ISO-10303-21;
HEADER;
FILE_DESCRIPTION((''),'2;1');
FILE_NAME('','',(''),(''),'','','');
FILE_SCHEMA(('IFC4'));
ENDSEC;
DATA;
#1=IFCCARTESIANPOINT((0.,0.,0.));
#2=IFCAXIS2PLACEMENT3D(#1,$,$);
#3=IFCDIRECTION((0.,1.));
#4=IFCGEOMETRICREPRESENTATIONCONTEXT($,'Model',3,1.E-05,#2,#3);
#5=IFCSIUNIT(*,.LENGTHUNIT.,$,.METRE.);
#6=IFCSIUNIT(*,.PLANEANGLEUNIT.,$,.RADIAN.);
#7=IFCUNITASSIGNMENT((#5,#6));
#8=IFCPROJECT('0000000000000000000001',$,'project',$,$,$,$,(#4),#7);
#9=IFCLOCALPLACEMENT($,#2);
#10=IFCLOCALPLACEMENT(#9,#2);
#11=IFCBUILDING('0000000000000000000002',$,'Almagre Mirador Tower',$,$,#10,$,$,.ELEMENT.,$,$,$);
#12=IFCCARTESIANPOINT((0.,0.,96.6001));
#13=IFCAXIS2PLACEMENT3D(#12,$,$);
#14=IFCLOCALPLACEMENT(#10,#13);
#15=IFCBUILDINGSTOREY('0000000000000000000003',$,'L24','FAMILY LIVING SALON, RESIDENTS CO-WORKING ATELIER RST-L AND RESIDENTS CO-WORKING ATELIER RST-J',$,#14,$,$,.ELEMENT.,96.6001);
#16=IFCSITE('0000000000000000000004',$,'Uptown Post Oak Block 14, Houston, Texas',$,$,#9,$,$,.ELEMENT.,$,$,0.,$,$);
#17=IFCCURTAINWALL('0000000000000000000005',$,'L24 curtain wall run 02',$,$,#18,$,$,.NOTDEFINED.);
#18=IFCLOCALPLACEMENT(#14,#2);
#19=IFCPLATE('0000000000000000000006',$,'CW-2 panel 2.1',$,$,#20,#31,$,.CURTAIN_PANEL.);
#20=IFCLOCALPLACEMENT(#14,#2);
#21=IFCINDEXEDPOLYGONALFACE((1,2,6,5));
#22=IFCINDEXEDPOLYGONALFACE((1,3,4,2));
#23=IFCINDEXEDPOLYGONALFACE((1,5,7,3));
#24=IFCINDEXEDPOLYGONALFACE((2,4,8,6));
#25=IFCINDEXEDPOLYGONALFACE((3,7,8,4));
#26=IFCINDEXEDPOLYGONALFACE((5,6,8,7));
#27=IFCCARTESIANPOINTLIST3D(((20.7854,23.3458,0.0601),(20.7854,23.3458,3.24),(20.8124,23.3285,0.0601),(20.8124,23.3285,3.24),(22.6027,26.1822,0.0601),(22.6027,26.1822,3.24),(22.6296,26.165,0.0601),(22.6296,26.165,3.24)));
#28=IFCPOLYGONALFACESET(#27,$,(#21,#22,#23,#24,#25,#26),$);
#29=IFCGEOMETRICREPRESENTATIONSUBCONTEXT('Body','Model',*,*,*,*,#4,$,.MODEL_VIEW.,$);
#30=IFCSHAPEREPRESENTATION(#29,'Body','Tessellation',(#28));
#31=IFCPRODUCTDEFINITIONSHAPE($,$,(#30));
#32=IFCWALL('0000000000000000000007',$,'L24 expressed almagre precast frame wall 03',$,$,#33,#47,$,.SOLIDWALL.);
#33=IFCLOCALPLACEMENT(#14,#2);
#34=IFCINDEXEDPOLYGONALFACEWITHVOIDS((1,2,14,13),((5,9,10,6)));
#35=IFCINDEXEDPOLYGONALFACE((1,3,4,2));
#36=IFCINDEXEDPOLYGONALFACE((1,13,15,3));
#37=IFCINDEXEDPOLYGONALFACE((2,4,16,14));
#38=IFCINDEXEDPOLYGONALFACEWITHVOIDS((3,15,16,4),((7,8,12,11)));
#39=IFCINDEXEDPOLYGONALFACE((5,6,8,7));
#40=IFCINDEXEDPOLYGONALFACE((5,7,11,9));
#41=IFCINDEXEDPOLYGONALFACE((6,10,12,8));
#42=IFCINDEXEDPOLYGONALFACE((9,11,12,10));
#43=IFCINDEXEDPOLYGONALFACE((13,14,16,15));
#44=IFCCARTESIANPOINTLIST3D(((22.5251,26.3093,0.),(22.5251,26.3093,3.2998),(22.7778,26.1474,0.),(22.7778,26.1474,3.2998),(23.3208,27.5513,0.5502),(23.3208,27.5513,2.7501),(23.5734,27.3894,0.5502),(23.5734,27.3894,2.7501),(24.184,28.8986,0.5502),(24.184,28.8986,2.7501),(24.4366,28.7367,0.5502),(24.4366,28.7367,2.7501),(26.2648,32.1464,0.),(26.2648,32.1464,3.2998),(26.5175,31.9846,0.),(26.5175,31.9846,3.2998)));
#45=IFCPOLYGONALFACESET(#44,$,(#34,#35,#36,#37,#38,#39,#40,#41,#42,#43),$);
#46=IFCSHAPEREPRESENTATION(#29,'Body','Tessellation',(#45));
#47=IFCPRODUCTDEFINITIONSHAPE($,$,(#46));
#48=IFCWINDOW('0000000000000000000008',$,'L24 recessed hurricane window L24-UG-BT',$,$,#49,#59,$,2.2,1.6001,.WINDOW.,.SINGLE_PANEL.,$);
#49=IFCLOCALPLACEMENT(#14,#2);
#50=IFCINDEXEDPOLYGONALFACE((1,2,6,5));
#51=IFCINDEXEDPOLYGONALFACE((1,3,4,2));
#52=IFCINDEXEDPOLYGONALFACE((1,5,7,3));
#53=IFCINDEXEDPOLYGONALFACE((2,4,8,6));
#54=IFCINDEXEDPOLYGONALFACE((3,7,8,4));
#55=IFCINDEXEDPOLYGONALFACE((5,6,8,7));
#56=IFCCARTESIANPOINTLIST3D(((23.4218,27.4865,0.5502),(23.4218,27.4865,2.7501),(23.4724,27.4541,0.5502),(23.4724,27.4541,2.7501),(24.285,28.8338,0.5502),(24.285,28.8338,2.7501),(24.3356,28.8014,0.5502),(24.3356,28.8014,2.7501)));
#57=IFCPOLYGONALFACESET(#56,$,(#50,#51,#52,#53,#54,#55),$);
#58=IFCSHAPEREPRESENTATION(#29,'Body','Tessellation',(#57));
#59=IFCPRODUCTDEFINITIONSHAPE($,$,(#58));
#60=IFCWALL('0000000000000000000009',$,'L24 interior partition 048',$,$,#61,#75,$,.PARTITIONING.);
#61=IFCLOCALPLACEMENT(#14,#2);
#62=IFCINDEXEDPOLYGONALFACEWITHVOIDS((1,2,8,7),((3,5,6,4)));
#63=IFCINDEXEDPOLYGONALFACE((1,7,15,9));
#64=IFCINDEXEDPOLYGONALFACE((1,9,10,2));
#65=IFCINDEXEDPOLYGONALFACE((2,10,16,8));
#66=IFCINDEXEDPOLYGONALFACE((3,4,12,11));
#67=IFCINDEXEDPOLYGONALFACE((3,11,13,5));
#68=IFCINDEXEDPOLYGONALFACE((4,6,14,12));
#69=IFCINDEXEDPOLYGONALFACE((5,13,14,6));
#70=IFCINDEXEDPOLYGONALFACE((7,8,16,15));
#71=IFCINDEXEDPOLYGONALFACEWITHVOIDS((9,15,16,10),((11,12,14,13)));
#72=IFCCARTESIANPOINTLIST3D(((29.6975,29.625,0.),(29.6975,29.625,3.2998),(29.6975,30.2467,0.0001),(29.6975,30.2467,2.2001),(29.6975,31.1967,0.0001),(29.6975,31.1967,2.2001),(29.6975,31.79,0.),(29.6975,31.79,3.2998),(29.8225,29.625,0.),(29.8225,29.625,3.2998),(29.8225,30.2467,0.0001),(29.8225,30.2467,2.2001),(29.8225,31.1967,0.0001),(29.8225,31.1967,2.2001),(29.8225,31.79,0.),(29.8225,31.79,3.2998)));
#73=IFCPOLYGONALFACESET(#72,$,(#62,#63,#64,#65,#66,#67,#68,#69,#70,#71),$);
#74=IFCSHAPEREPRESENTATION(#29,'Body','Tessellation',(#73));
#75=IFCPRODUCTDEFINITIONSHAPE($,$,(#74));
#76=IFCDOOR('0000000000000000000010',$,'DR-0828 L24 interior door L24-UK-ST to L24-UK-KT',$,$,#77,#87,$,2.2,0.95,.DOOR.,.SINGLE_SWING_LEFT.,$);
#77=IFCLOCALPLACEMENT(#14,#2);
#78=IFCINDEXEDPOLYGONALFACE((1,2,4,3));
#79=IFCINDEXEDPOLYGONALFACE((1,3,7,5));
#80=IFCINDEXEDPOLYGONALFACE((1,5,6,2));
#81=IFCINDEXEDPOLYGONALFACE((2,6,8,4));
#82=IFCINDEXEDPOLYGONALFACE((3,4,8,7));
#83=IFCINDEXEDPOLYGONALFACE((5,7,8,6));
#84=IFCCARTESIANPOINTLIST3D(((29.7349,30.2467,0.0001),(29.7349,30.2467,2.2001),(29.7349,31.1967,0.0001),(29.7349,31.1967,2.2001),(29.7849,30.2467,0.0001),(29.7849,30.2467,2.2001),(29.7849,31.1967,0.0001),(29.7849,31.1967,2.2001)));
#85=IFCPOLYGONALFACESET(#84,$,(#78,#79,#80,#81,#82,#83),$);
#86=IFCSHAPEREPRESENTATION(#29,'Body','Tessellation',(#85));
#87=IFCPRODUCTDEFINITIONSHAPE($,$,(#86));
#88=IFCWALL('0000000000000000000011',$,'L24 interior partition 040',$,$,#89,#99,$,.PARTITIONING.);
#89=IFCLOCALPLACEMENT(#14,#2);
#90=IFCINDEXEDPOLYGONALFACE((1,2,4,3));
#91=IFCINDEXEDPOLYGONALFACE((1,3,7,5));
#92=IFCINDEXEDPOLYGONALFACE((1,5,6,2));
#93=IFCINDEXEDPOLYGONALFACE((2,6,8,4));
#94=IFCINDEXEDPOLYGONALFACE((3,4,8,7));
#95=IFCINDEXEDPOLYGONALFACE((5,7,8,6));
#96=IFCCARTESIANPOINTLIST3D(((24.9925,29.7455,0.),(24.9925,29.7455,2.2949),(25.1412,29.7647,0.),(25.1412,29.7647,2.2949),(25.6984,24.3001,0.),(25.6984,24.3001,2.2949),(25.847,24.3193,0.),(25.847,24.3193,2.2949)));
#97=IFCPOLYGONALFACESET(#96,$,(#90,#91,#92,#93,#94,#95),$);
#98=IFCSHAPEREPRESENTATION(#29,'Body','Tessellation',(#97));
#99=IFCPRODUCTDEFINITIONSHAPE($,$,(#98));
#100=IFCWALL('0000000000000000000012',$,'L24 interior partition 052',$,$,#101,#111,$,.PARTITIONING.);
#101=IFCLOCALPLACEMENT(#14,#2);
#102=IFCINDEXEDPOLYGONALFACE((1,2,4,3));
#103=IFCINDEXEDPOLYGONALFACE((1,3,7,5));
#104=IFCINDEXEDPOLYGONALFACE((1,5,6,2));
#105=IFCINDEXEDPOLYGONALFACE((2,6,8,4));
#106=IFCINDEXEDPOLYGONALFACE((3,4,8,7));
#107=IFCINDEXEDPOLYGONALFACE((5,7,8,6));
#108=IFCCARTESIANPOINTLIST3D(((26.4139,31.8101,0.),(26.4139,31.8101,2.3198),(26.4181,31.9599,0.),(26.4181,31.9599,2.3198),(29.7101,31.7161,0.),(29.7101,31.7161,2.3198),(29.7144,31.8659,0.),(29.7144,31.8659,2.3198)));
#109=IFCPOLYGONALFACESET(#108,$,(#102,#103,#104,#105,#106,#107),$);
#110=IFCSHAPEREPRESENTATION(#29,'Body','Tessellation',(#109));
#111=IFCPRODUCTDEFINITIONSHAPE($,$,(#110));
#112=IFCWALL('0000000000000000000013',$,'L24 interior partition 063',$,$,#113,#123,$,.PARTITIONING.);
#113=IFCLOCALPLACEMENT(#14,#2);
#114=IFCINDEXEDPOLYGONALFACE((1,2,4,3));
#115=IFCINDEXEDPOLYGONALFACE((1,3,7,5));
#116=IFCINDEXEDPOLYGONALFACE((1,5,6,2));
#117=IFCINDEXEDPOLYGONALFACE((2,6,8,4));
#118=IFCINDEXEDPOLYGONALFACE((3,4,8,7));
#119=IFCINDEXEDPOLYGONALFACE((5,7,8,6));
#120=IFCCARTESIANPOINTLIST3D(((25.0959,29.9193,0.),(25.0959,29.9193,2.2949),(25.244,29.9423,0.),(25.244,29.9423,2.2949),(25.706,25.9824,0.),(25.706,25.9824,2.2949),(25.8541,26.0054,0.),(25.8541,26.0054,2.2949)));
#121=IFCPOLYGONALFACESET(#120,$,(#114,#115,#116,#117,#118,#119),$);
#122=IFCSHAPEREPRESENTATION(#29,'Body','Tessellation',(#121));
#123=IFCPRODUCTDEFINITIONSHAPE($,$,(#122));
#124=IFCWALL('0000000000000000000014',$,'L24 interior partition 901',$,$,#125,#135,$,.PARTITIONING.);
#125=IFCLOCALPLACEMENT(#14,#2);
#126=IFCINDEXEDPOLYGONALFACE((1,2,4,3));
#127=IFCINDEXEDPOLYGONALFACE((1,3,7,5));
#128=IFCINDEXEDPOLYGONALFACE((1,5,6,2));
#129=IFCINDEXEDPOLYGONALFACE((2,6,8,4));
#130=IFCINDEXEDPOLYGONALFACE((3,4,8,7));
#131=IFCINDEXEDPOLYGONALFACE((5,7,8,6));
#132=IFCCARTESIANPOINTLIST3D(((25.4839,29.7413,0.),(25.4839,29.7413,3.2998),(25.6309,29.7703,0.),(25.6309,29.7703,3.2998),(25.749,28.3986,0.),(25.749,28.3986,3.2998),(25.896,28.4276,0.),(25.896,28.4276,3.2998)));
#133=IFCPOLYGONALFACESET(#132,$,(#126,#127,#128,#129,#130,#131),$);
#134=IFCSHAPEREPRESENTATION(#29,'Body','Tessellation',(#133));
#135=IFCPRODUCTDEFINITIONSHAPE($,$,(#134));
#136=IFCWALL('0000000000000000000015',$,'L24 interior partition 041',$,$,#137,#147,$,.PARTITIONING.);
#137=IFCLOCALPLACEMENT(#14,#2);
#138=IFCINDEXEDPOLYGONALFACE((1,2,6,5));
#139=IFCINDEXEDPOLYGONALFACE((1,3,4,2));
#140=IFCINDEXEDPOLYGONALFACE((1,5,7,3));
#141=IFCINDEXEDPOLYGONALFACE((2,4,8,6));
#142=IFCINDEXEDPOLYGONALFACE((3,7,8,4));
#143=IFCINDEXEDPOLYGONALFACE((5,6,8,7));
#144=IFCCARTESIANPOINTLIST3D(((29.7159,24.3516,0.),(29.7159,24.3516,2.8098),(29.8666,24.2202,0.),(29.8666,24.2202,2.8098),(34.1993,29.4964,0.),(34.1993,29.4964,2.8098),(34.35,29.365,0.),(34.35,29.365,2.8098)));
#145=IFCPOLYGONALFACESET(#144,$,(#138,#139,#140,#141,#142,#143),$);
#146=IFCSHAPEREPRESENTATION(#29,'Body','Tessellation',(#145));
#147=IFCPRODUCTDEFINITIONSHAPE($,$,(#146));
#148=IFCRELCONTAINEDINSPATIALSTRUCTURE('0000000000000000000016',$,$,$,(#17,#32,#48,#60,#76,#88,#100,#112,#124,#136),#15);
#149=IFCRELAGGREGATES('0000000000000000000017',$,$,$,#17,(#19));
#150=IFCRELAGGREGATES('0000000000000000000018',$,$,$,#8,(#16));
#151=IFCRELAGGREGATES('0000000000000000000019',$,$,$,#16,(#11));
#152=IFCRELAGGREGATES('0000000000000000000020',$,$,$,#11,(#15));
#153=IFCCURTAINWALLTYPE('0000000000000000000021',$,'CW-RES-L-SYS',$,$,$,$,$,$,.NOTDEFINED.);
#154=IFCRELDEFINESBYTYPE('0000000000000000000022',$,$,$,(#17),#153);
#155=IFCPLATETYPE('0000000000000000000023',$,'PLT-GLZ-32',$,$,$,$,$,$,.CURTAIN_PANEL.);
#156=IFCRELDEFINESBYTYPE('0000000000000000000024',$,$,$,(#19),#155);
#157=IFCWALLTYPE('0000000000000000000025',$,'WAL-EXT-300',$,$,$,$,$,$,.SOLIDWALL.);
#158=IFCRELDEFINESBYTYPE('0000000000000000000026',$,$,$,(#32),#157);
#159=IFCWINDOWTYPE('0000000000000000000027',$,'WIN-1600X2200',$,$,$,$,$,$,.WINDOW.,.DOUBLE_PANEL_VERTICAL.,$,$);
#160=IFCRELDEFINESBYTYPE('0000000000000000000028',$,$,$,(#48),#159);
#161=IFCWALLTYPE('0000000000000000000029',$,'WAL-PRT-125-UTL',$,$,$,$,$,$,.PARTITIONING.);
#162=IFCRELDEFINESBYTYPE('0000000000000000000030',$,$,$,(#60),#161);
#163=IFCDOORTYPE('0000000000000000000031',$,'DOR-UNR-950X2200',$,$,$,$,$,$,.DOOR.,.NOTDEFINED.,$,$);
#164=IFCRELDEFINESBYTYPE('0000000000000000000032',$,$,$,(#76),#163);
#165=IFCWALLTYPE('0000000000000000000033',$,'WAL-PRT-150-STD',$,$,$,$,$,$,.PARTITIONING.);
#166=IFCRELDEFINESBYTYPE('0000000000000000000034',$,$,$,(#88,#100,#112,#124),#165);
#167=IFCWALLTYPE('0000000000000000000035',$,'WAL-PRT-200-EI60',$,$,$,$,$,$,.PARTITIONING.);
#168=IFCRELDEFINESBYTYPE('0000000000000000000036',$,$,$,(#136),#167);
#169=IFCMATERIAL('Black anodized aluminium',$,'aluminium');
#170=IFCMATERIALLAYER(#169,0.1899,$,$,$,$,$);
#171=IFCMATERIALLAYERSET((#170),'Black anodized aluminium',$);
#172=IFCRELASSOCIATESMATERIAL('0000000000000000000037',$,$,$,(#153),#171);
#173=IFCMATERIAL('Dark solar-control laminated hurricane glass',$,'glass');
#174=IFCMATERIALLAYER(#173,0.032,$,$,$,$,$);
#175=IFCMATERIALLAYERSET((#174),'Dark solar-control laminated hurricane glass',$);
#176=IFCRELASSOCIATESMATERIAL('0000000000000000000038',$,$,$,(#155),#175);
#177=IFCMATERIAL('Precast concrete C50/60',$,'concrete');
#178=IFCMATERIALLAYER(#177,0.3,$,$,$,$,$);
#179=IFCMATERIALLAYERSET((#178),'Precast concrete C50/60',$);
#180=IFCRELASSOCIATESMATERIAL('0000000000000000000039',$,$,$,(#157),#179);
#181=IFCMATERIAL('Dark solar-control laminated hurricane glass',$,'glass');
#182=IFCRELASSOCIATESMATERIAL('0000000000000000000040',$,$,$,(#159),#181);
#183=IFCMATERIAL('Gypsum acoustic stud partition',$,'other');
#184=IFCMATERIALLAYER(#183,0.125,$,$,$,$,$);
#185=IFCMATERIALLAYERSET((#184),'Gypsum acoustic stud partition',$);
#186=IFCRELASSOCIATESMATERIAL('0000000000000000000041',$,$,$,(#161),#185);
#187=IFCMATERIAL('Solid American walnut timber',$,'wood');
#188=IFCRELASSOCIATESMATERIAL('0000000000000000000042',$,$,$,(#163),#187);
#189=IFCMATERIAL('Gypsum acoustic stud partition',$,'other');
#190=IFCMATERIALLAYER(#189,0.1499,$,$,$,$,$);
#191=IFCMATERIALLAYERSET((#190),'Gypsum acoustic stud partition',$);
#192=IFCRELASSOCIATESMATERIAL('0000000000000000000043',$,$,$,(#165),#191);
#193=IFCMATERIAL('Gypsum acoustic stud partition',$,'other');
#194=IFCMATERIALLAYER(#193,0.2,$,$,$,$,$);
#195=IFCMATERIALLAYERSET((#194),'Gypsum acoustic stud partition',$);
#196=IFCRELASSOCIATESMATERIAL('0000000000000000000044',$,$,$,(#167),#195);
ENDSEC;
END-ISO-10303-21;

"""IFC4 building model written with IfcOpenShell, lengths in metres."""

from ifc_helpers import new_model, si_unit, direction, frame, frame_2d, origin, origin_2d, place, context, subcontext, project, spatial, rectangle, extrude, material, layer, layer_set, type_object, element, fill, aggregate, save


model = new_model("IFC4")

# Units and contexts
model_context = context("Model", 3, precision=1e-05, world=origin(), true_north=direction((0.0, 1.0)))
body_context = subcontext(model_context, "Body", "Model", "MODEL_VIEW")
ifc_project = project(units=[si_unit("LENGTHUNIT", "METRE"), si_unit("PLANEANGLEUNIT", "RADIAN")], contexts=[model_context])

# Site, building, storey
site_placement = place(None, origin())
site = spatial("IfcSite", under=ifc_project, at=site_placement, Name="Uptown Post Oak Block 14, Houston, Texas", CompositionType="ELEMENT", RefElevation=0.0)
building_placement = place(site_placement, origin())
building = spatial("IfcBuilding", under=site, at=building_placement, Name="Almagre Mirador Tower", CompositionType="ELEMENT")
storey_placement = place(building_placement, frame((0.0, 0.0, 96.6001)))
storey = spatial("IfcBuildingStorey", under=building, at=storey_placement, Name="L24", Description="FAMILY LIVING SALON, RESIDENTS CO-WORKING ATELIER RST-L AND RESIDENTS CO-WORKING ATELIER RST-J", CompositionType="ELEMENT", Elevation=96.6001)

# Curtain wall, plate
ifc_material_1 = material(Name="Black anodized aluminium", Category="aluminium")
ifc_layer_1 = layer(ifc_material_1, 0.1899)
ifc_layer_set_1 = layer_set([ifc_layer_1], Name="Black anodized aluminium")
curtain_wall_type = type_object("IfcCurtainWallType", Name="CW-RES-L-SYS", PredefinedType="NOTDEFINED", material=ifc_layer_set_1)
curtain_wall_placement = place(storey_placement, origin())
curtain_wall = element("IfcCurtainWall", 1, at=curtain_wall_placement, inside=storey, type_object=curtain_wall_type, Name="L24 curtain wall run 02", PredefinedType="NOTDEFINED")
ifc_material_2 = material(Name="Dark solar-control laminated hurricane glass", Category="glass")
ifc_layer_2 = layer(ifc_material_2, 0.032)
ifc_layer_set_2 = layer_set([ifc_layer_2], Name="Dark solar-control laminated hurricane glass")
plate_type = type_object("IfcPlateType", Name="PLT-GLZ-32", PredefinedType="CURTAIN_PANEL", material=ifc_layer_set_2)
plate_placement = place(storey_placement, frame((21.7075, 24.7554, 0.0601), z_axis=(0.0, 0.0, 1.0), x_axis=(0.539462, 0.84201, 0.0)))
plate = element("IfcPlate", 2, at=plate_placement, type_object=plate_type, Name="CW-2 panel 2.1", PredefinedType="CURTAIN_PANEL", context=body_context, shape_type="SweptSolid", body=[
    extrude(rectangle(XDim=3.3687, YDim=0.032, at=origin_2d()), origin(), (0.0, 0.0, 1.0), 3.1799),
])
aggregate(curtain_wall, [plate])

# Wall, opening, window
ifc_material_3 = material(Name="Precast concrete C50/60", Category="concrete")
ifc_layer_3 = layer(ifc_material_3, 0.3)
ifc_layer_set_3 = layer_set([ifc_layer_3], Name="Precast concrete C50/60")
wall_type_1 = type_object("IfcWallType", Name="WAL-EXT-300", PredefinedType="SOLIDWALL", material=ifc_layer_set_3)
wall_1_placement = place(storey_placement, frame((22.6514, 26.2283, 0.0), z_axis=(0.0, 0.0, 1.0), x_axis=(0.539459, 0.842012, 0.0)))
wall_1 = element("IfcWall", 3, at=wall_1_placement, inside=storey, type_object=wall_type_1, Name="L24 expressed almagre precast frame wall 03", PredefinedType="SOLIDWALL", context=body_context, shape_type="SweptSolid", body=[
    extrude(rectangle(XDim=6.9324, YDim=0.3, at=frame_2d((3.4663, 0.0))), origin(), (0.0, 0.0, 1.0), 3.2998),
])
opening_1_placement = place(wall_1_placement, frame((1.4751, 0.0, 0.55)))
opening_1 = element("IfcOpeningElement", 4, at=opening_1_placement, cuts=wall_1, PredefinedType="OPENING", context=body_context, shape_type="SweptSolid", body=[
    extrude(rectangle(XDim=1.6001, YDim=2.2, at=frame_2d((0.8, 1.1001))), frame((0.0, 0.1599, 0.0), z_axis=(0.0, -1.0, 0.0), x_axis=(1.0, 0.0, 0.0)), (0.0, 0.0, 1.0), 0.32),
])
ifc_material_4 = material(Name="Dark solar-control laminated hurricane glass", Category="glass")
window_type = type_object("IfcWindowType", Name="WIN-1600X2200", PartitioningType="DOUBLE_PANEL_VERTICAL", PredefinedType="WINDOW", material=ifc_material_4)
window_placement = place(opening_1_placement, origin())
window = element("IfcWindow", 5, at=window_placement, inside=storey, type_object=window_type, Name="L24 recessed hurricane window L24-UG-BT", OverallHeight=2.2, OverallWidth=1.6001, PartitioningType="SINGLE_PANEL", PredefinedType="WINDOW", context=body_context, shape_type="SweptSolid", body=[
    extrude(rectangle(XDim=1.6001, YDim=2.2, at=frame_2d((0.8, 1.1001))), frame((0.0, 0.03, 0.0), z_axis=(0.0, -1.0, 0.0), x_axis=(1.0, 0.0, 0.0)), (0.0, 0.0, 1.0), 0.0601),
])
fill(opening_1, window)

# Wall, opening, door
ifc_material_5 = material(Name="Gypsum acoustic stud partition", Category="other")
ifc_layer_4 = layer(ifc_material_5, 0.125)
ifc_layer_set_4 = layer_set([ifc_layer_4], Name="Gypsum acoustic stud partition")
wall_type_2 = type_object("IfcWallType", Name="WAL-PRT-125-UTL", PredefinedType="PARTITIONING", material=ifc_layer_set_4)
wall_2_placement = place(storey_placement, frame((29.76, 31.79, 0.0), z_axis=(0.0, 0.0, 1.0), x_axis=(0.0, -1.0, 0.0)))
wall_2 = element("IfcWall", 6, at=wall_2_placement, inside=storey, type_object=wall_type_2, Name="L24 interior partition 048", PredefinedType="PARTITIONING", context=body_context, shape_type="SweptSolid", body=[
    extrude(rectangle(XDim=2.165, YDim=0.125, at=frame_2d((1.0825, 0.0))), origin(), (0.0, 0.0, 1.0), 3.2998),
])
opening_2_placement = place(wall_2_placement, frame((0.5933, 0.0, 0.0)))
opening_2 = element("IfcOpeningElement", 7, at=opening_2_placement, cuts=wall_2, PredefinedType="OPENING", context=body_context, shape_type="SweptSolid", body=[
    extrude(rectangle(XDim=0.95, YDim=2.2, at=frame_2d((0.4751, 1.1001))), frame((0.0, 0.0725, 0.0), z_axis=(0.0, -1.0, 0.0), x_axis=(1.0, 0.0, 0.0)), (0.0, 0.0, 1.0), 0.145),
])
ifc_material_6 = material(Name="Solid American walnut timber", Category="wood")
door_type_1 = type_object("IfcDoorType", Name="DOR-UNR-950X2200", OperationType="NOTDEFINED", PredefinedType="DOOR", material=ifc_material_6)
door_1_placement = place(opening_2_placement, origin())
door_1 = element("IfcDoor", 8, at=door_1_placement, inside=storey, type_object=door_type_1, Name="DR-0828 L24 interior door L24-UK-ST to L24-UK-KT", OperationType="SINGLE_SWING_LEFT", OverallHeight=2.2, OverallWidth=0.95, PredefinedType="DOOR", context=body_context, shape_type="SweptSolid", body=[
    extrude(rectangle(XDim=0.95, YDim=2.2, at=frame_2d((0.4751, 1.1001))), frame((0.0, 0.0249, 0.0), z_axis=(0.0, -1.0, 0.0), x_axis=(1.0, 0.0, 0.0)), (0.0, 0.0, 1.0), 0.05),
])
fill(opening_2, door_1)

# Walls
ifc_material_7 = material(Name="Gypsum acoustic stud partition", Category="other")
ifc_layer_5 = layer(ifc_material_7, 0.1499)
ifc_layer_set_5 = layer_set([ifc_layer_5], Name="Gypsum acoustic stud partition")
wall_type_3 = type_object("IfcWallType", Name="WAL-PRT-150-STD", PredefinedType="PARTITIONING", material=ifc_layer_set_5)
wall_3_placement = place(storey_placement, frame((25.7727, 24.3096, 0.0), z_axis=(0.0, 0.0, 1.0), x_axis=(-0.128543, 0.991704, 0.0)))
element("IfcWall", 9, at=wall_3_placement, inside=storey, type_object=wall_type_3, Name="L24 interior partition 040", PredefinedType="PARTITIONING", context=body_context, shape_type="SweptSolid", body=[
    extrude(rectangle(XDim=5.491, YDim=0.1499, at=frame_2d((2.7456, 0.0))), origin(), (0.0, 0.0, 1.0), 2.2949),
])
wall_4_placement = place(storey_placement, frame((29.7124, 31.791, 0.0), z_axis=(0.0, 0.0, 1.0), x_axis=(-0.999594, 0.028503, 0.0)))
element("IfcWall", 10, at=wall_4_placement, inside=storey, type_object=wall_type_3, Name="L24 interior partition 052", PredefinedType="PARTITIONING", context=body_context, shape_type="SweptSolid", body=[
    extrude(rectangle(XDim=3.2976, YDim=0.1499, at=frame_2d((1.6489, 0.0))), origin(), (0.0, 0.0, 1.0), 2.3198),
])
wall_5_placement = place(storey_placement, frame((25.78, 25.9939, 0.0), z_axis=(0.0, 0.0, 1.0), x_axis=(-0.153139, 0.988205, 0.0)))
element("IfcWall", 11, at=wall_5_placement, inside=storey, type_object=wall_type_3, Name="L24 interior partition 063", PredefinedType="PARTITIONING", context=body_context, shape_type="SweptSolid", body=[
    extrude(rectangle(XDim=3.9839, YDim=0.1499, at=frame_2d((1.9919, 0.0))), origin(), (0.0, 0.0, 1.0), 2.2949),
])
wall_6_placement = place(storey_placement, frame((25.8225, 28.4131, 0.0), z_axis=(0.0, 0.0, 1.0), x_axis=(-0.193714, 0.981058, 0.0)))
element("IfcWall", 12, at=wall_6_placement, inside=storey, type_object=wall_type_3, Name="L24 interior partition 901", PredefinedType="PARTITIONING", context=body_context, shape_type="SweptSolid", body=[
    extrude(rectangle(XDim=1.3687, YDim=0.1499, at=frame_2d((0.6843, 0.0))), origin(), (0.0, 0.0, 1.0), 3.2998),
])
ifc_material_8 = material(Name="Gypsum acoustic stud partition", Category="other")
ifc_layer_6 = layer(ifc_material_8, 0.2)
ifc_layer_set_6 = layer_set([ifc_layer_6], Name="Gypsum acoustic stud partition")
wall_type_4 = type_object("IfcWallType", Name="WAL-PRT-200-EI60", PredefinedType="PARTITIONING", material=ifc_layer_set_6)
wall_7_placement = place(storey_placement, frame((29.7913, 24.2859, 0.0), z_axis=(0.0, 0.0, 1.0), x_axis=(0.656986, 0.753903, 0.0)))
element("IfcWall", 13, at=wall_7_placement, inside=storey, type_object=wall_type_4, Name="L24 interior partition 041", PredefinedType="PARTITIONING", context=body_context, shape_type="SweptSolid", body=[
    extrude(rectangle(XDim=6.8242, YDim=0.2, at=frame_2d((3.4121, 0.0))), origin(), (0.0, 0.0, 1.0), 2.8098),
])

save(model, "model.ifc")
